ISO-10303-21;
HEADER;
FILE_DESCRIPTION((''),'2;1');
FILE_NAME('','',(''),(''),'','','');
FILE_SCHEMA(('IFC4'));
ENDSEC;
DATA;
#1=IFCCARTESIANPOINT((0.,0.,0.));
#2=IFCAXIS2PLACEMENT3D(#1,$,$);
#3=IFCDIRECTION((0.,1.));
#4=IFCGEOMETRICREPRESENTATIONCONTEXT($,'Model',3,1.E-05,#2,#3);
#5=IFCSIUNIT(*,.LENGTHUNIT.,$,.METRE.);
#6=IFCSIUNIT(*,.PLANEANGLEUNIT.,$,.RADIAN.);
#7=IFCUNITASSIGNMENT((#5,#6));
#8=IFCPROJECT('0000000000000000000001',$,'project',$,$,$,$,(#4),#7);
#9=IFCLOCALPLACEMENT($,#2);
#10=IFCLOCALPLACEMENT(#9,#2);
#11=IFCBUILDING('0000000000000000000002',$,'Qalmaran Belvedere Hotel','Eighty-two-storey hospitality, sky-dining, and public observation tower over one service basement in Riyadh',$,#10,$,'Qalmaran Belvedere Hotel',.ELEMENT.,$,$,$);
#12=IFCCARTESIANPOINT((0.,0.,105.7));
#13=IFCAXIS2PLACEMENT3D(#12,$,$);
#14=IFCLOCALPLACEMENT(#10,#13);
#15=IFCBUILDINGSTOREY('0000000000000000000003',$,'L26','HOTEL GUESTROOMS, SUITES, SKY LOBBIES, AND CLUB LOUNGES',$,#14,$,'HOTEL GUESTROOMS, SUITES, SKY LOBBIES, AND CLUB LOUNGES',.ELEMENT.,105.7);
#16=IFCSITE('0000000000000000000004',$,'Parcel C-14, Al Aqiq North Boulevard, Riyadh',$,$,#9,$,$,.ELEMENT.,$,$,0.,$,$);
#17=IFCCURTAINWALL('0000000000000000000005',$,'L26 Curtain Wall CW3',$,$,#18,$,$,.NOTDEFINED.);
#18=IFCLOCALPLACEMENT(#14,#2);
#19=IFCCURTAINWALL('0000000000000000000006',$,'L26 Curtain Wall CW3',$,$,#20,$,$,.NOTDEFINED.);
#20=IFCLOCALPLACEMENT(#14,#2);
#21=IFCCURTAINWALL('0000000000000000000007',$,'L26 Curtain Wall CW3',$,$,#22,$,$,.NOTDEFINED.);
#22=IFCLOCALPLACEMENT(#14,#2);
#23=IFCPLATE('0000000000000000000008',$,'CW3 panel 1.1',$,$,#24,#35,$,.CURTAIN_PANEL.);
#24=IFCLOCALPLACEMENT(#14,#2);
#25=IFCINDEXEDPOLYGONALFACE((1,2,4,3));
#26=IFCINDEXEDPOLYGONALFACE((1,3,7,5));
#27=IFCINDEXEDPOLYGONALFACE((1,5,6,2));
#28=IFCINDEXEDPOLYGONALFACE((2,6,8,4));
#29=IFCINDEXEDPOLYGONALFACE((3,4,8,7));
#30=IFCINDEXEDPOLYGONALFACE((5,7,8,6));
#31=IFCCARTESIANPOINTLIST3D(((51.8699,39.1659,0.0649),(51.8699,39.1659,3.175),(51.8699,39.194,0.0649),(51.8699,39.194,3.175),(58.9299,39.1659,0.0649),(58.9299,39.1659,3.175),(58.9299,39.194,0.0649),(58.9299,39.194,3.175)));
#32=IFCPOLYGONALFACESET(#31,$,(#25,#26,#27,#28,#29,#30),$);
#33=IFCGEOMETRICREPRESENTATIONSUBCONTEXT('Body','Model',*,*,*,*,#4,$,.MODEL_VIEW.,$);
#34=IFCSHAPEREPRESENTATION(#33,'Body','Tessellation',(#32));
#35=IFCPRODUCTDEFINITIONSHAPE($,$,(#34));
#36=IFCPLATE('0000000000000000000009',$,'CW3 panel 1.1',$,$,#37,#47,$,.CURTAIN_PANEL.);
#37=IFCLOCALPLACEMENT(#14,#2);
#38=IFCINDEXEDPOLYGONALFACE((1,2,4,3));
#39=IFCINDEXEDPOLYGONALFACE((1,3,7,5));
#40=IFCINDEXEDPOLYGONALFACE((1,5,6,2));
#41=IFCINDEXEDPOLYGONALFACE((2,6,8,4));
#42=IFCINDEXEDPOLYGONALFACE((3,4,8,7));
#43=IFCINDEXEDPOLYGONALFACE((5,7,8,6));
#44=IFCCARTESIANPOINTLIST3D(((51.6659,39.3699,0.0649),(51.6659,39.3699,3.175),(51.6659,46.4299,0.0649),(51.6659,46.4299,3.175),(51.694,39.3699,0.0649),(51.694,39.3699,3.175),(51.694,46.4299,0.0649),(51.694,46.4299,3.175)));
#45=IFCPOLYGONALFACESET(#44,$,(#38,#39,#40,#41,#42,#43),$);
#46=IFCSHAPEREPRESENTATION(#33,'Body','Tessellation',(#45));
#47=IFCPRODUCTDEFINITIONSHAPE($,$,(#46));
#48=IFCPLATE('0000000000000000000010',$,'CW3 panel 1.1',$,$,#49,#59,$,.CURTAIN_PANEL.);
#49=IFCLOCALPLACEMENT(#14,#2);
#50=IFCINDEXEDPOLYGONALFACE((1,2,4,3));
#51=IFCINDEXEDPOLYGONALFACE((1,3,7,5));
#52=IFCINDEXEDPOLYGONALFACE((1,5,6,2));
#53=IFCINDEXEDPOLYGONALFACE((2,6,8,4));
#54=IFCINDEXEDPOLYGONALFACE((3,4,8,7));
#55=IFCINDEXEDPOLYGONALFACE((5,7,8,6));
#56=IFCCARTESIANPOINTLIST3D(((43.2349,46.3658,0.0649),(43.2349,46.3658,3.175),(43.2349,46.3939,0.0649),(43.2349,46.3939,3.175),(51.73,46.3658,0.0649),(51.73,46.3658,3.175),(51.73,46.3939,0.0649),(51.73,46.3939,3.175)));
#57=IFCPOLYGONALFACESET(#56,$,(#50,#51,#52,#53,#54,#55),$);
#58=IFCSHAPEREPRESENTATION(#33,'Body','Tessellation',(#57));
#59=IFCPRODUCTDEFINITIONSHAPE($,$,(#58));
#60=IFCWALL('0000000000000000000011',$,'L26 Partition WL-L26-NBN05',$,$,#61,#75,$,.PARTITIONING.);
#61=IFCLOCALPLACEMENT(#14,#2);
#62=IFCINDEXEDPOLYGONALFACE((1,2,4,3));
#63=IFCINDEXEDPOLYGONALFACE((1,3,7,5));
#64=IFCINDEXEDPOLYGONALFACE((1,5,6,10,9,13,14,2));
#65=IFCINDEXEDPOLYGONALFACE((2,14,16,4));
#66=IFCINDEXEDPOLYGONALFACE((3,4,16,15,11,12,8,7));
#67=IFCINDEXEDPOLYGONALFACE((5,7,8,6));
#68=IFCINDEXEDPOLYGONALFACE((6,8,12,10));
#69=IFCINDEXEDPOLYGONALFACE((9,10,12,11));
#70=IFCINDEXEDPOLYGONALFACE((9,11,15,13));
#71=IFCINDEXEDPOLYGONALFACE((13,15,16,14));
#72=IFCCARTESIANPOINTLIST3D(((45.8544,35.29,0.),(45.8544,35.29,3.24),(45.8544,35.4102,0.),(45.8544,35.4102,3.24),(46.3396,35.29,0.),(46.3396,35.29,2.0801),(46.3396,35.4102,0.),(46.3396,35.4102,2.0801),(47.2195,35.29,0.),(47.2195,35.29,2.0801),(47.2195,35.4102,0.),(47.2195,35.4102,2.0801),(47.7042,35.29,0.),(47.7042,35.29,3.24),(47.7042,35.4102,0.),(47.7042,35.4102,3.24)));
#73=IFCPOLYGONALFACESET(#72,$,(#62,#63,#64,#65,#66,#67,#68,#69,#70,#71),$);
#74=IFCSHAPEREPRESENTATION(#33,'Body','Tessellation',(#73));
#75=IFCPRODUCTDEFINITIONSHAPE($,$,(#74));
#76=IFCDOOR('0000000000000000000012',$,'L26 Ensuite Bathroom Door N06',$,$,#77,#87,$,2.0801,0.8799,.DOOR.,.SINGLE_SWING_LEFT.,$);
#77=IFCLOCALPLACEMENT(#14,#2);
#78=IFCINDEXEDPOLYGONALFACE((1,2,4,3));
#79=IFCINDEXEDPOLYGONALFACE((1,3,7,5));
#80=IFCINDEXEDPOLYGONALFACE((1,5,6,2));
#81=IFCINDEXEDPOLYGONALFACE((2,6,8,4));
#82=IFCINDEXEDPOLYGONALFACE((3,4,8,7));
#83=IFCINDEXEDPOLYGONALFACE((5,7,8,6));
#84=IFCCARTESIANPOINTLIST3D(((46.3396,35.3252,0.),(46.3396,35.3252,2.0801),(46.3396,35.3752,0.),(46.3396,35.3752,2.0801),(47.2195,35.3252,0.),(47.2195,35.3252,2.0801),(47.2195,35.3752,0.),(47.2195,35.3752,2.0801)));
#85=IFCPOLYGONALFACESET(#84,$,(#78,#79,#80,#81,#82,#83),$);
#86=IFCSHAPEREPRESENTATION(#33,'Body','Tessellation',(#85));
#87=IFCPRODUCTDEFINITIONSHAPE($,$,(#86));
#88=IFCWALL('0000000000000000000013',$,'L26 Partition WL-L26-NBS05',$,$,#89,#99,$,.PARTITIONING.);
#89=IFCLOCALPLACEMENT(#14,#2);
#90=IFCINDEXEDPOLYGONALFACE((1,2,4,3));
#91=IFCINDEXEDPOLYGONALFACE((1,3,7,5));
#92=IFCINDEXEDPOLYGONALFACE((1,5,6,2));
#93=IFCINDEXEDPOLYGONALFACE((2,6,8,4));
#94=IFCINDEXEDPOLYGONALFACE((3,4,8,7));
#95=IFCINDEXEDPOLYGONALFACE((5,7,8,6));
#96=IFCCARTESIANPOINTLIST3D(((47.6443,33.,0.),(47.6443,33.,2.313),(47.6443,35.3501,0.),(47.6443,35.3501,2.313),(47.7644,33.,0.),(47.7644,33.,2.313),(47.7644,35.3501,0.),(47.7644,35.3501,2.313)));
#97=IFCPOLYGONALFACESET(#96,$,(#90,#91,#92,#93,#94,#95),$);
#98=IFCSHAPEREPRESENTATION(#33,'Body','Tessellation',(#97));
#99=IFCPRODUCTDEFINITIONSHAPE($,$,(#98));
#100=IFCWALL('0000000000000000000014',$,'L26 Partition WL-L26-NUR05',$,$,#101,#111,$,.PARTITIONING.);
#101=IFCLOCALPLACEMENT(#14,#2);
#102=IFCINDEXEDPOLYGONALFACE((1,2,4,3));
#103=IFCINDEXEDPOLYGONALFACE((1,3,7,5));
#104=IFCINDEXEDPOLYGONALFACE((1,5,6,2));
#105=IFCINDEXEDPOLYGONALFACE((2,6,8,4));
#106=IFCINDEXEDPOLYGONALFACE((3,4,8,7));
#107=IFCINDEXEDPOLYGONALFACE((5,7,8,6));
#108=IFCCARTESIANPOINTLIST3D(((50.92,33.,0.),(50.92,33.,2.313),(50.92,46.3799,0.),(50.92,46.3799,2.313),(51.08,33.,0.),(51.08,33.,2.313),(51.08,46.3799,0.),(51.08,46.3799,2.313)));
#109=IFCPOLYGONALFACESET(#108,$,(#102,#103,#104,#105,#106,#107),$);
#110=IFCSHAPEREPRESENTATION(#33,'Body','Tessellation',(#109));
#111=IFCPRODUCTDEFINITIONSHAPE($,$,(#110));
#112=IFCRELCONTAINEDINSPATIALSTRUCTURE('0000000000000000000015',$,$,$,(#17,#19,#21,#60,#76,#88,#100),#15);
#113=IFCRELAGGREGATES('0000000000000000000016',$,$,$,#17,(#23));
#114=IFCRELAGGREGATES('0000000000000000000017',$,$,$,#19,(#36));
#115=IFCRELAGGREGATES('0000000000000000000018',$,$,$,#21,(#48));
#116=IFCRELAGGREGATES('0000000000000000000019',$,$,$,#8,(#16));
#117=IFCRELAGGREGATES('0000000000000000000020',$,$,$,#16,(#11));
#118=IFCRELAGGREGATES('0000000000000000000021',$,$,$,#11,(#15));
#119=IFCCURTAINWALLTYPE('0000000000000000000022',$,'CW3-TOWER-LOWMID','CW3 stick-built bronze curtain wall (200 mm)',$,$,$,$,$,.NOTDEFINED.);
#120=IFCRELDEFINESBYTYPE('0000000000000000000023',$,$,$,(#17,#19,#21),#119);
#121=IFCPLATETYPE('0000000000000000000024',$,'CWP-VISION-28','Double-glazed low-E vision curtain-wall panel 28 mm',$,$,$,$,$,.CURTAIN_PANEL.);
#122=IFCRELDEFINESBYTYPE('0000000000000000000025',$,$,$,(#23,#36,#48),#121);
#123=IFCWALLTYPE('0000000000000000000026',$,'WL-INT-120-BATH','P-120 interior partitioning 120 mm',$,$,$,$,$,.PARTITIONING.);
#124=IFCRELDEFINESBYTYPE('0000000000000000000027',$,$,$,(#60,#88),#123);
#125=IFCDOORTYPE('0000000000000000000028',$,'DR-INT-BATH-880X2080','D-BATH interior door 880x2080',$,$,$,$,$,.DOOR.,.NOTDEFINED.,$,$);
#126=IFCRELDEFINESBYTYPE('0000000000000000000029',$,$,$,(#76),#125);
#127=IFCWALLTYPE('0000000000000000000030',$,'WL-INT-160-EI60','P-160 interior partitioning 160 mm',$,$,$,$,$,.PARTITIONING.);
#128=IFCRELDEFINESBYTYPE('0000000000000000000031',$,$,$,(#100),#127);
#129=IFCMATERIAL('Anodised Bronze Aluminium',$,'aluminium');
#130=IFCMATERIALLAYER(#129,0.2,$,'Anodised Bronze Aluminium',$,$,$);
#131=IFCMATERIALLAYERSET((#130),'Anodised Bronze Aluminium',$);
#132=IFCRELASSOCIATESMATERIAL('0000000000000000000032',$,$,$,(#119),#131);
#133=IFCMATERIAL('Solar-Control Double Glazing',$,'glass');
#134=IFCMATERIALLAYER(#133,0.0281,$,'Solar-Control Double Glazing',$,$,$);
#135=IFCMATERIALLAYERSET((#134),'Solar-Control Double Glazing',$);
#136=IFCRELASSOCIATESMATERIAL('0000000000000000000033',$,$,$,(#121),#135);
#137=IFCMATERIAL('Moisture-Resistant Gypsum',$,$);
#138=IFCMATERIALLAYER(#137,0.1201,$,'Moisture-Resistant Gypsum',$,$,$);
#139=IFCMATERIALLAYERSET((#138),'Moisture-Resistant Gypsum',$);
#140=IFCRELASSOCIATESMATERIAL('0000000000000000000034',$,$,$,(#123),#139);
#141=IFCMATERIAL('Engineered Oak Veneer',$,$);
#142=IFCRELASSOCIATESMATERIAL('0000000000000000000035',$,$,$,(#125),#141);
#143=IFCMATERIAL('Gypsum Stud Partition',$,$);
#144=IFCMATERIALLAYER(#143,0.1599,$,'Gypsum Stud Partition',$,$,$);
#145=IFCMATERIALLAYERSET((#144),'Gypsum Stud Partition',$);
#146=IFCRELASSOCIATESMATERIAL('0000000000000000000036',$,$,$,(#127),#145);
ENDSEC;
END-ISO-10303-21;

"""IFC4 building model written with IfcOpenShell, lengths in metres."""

from ifc_helpers import new_model, si_unit, direction, frame, frame_2d, origin, origin_2d, place, context, subcontext, project, spatial, rectangle, extrude, material, layer, layer_set, type_object, element, fill, aggregate, save


model = new_model("IFC4")

# Units and contexts
model_context = context("Model", 3, precision=1e-05, world=origin(), true_north=direction((0.0, 1.0)))
body_context = subcontext(model_context, "Body", "Model", "MODEL_VIEW")
ifc_project = project(units=[si_unit("LENGTHUNIT", "METRE"), si_unit("PLANEANGLEUNIT", "RADIAN")], contexts=[model_context])

# Site, building, storey
site_placement = place(None, origin())
site = spatial("IfcSite", under=ifc_project, at=site_placement, Name="Parcel C-14, Al Aqiq North Boulevard, Riyadh", CompositionType="ELEMENT", RefElevation=0.0)
building_placement = place(site_placement, origin())
building = spatial("IfcBuilding", under=site, at=building_placement, Name="Qalmaran Belvedere Hotel", Description="Eighty-two-storey hospitality, sky-dining, and public observation tower over one service basement in Riyadh", LongName="Qalmaran Belvedere Hotel", CompositionType="ELEMENT")
storey_placement = place(building_placement, frame((0.0, 0.0, 105.7)))
storey = spatial("IfcBuildingStorey", under=building, at=storey_placement, Name="L26", Description="HOTEL GUESTROOMS, SUITES, SKY LOBBIES, AND CLUB LOUNGES", LongName="HOTEL GUESTROOMS, SUITES, SKY LOBBIES, AND CLUB LOUNGES", CompositionType="ELEMENT", Elevation=105.7)

# Shared definitions
ifc_material_1 = material(Name="Anodised Bronze Aluminium", Category="aluminium")
ifc_layer_1 = layer(ifc_material_1, 0.2, Name="Anodised Bronze Aluminium")
ifc_layer_set_1 = layer_set([ifc_layer_1], Name="Anodised Bronze Aluminium")
curtain_wall_type = type_object("IfcCurtainWallType", Name="CW3-TOWER-LOWMID", Description="CW3 stick-built bronze curtain wall (200 mm)", PredefinedType="NOTDEFINED", material=ifc_layer_set_1)

# Curtain walls
curtain_wall_1_placement = place(storey_placement, origin())
curtain_wall_1 = element("IfcCurtainWall", 1, at=curtain_wall_1_placement, inside=storey, type_object=curtain_wall_type, Name="L26 Curtain Wall CW3", PredefinedType="NOTDEFINED")
curtain_wall_2_placement = place(storey_placement, origin())
curtain_wall_2 = element("IfcCurtainWall", 2, at=curtain_wall_2_placement, inside=storey, type_object=curtain_wall_type, Name="L26 Curtain Wall CW3", PredefinedType="NOTDEFINED")

# Curtain wall
curtain_wall_3_placement = place(storey_placement, origin())
curtain_wall_3 = element("IfcCurtainWall", 3, at=curtain_wall_3_placement, inside=storey, type_object=curtain_wall_type, Name="L26 Curtain Wall CW3", PredefinedType="NOTDEFINED")

# Plates
ifc_material_2 = material(Name="Solar-Control Double Glazing", Category="glass")
ifc_layer_2 = layer(ifc_material_2, 0.0281, Name="Solar-Control Double Glazing")
ifc_layer_set_2 = layer_set([ifc_layer_2], Name="Solar-Control Double Glazing")
plate_type = type_object("IfcPlateType", Name="CWP-VISION-28", Description="Double-glazed low-E vision curtain-wall panel 28 mm", PredefinedType="CURTAIN_PANEL", material=ifc_layer_set_2)
plate_1_placement = place(storey_placement, frame((55.3999, 39.1799, 0.0649), z_axis=(0.0, 0.0, 1.0), x_axis=(-1.0, 0.0, 0.0)))
plate_1 = element("IfcPlate", 4, at=plate_1_placement, type_object=plate_type, Name="CW3 panel 1.1", PredefinedType="CURTAIN_PANEL", context=body_context, shape_type="SweptSolid", body=[
    extrude(rectangle(XDim=7.0601, YDim=0.0281, at=origin_2d()), origin(), (0.0, 0.0, 1.0), 3.1101),
])
aggregate(curtain_wall_1, [plate_1])
plate_2_placement = place(storey_placement, frame((51.6799, 42.8999, 0.0649), z_axis=(0.0, 0.0, 1.0), x_axis=(0.0, 1.0, 0.0)))
plate_2 = element("IfcPlate", 5, at=plate_2_placement, type_object=plate_type, Name="CW3 panel 1.1", PredefinedType="CURTAIN_PANEL", context=body_context, shape_type="SweptSolid", body=[
    extrude(rectangle(XDim=7.0601, YDim=0.0281, at=origin_2d()), origin(), (0.0, 0.0, 1.0), 3.1101),
])
aggregate(curtain_wall_2, [plate_2])
plate_3_placement = place(storey_placement, frame((47.4824, 46.3799, 0.0649), z_axis=(0.0, 0.0, 1.0), x_axis=(-1.0, 0.0, 0.0)))
plate_3 = element("IfcPlate", 6, at=plate_3_placement, type_object=plate_type, Name="CW3 panel 1.1", PredefinedType="CURTAIN_PANEL", context=body_context, shape_type="SweptSolid", body=[
    extrude(rectangle(XDim=8.4951, YDim=0.0281, at=origin_2d()), origin(), (0.0, 0.0, 1.0), 3.1101),
])
aggregate(curtain_wall_3, [plate_3])

# Wall, opening, door
ifc_material_3 = material(Name="Moisture-Resistant Gypsum")
ifc_layer_3 = layer(ifc_material_3, 0.1201, Name="Moisture-Resistant Gypsum")
ifc_layer_set_3 = layer_set([ifc_layer_3], Name="Moisture-Resistant Gypsum")
wall_type_1 = type_object("IfcWallType", Name="WL-INT-120-BATH", Description="P-120 interior partitioning 120 mm", PredefinedType="PARTITIONING", material=ifc_layer_set_3)
wall_1_placement = place(storey_placement, frame((45.8545, 35.3501, 0.0), z_axis=(0.0, 0.0, 1.0), x_axis=(1.0, 0.0, 0.0)))
wall_1 = element("IfcWall", 7, at=wall_1_placement, inside=storey, type_object=wall_type_1, Name="L26 Partition WL-L26-NBN05", PredefinedType="PARTITIONING", context=body_context, shape_type="SweptSolid", body=[
    extrude(rectangle(XDim=1.8499, YDim=0.1201, at=frame_2d((0.9248, 0.0))), origin(), (0.0, 0.0, 1.0), 3.24),
])
opening_1_placement = place(wall_1_placement, frame((1.365, 0.0, 0.0), z_axis=(0.0, 0.0, 1.0), x_axis=(-1.0, 0.0, 0.0)))
opening_1 = element("IfcOpeningElement", 8, at=opening_1_placement, cuts=wall_1, PredefinedType="OPENING", context=body_context, shape_type="SweptSolid", body=[
    extrude(rectangle(XDim=0.8799, YDim=2.0801, at=frame_2d((0.4399, 1.04))), frame((0.0, 0.0701, 0.0), z_axis=(0.0, -1.0, 0.0), x_axis=(1.0, 0.0, 0.0)), (0.0, 0.0, 1.0), 0.1401),
])
ifc_material_4 = material(Name="Engineered Oak Veneer")
door_type_1 = type_object("IfcDoorType", Name="DR-INT-BATH-880X2080", Description="D-BATH interior door 880x2080", OperationType="NOTDEFINED", PredefinedType="DOOR", material=ifc_material_4)
door_1_placement = place(opening_1_placement, origin())
door_1 = element("IfcDoor", 9, at=door_1_placement, inside=storey, type_object=door_type_1, Name="L26 Ensuite Bathroom Door N06", OperationType="SINGLE_SWING_LEFT", OverallHeight=2.0801, OverallWidth=0.8799, PredefinedType="DOOR", context=body_context, shape_type="SweptSolid", body=[
    extrude(rectangle(XDim=0.8799, YDim=2.0801, at=frame_2d((0.4399, 1.04))), frame((0.0, 0.0249, 0.0), z_axis=(0.0, -1.0, 0.0), x_axis=(1.0, 0.0, 0.0)), (0.0, 0.0, 1.0), 0.05),
])
fill(opening_1, door_1)

# Walls
wall_2_placement = place(storey_placement, frame((47.7043, 33.0, 0.0), z_axis=(0.0, 0.0, 1.0), x_axis=(0.0, 1.0, 0.0)))
element("IfcWall", 10, at=wall_2_placement, inside=storey, type_object=wall_type_1, Name="L26 Partition WL-L26-NBS05", PredefinedType="PARTITIONING", context=body_context, shape_type="SweptSolid", body=[
    extrude(rectangle(XDim=2.3501, YDim=0.1201, at=frame_2d((1.175, 0.0))), origin(), (0.0, 0.0, 1.0), 2.313),
])
ifc_material_5 = material(Name="Gypsum Stud Partition")
ifc_layer_4 = layer(ifc_material_5, 0.1599, Name="Gypsum Stud Partition")
ifc_layer_set_4 = layer_set([ifc_layer_4], Name="Gypsum Stud Partition")
wall_type_2 = type_object("IfcWallType", Name="WL-INT-160-EI60", Description="P-160 interior partitioning 160 mm", PredefinedType="PARTITIONING", material=ifc_layer_set_4)
wall_3_placement = place(storey_placement, frame((51.0, 33.0, 0.0), z_axis=(0.0, 0.0, 1.0), x_axis=(0.0, 1.0, 0.0)))
element("IfcWall", 11, at=wall_3_placement, inside=storey, type_object=wall_type_2, Name="L26 Partition WL-L26-NUR05", PredefinedType="PARTITIONING", context=body_context, shape_type="SweptSolid", body=[
    extrude(rectangle(XDim=13.3799, YDim=0.1599, at=frame_2d((6.6899, 0.0))), origin(), (0.0, 0.0, 1.0), 2.313),
])

save(model, "model.ifc")
